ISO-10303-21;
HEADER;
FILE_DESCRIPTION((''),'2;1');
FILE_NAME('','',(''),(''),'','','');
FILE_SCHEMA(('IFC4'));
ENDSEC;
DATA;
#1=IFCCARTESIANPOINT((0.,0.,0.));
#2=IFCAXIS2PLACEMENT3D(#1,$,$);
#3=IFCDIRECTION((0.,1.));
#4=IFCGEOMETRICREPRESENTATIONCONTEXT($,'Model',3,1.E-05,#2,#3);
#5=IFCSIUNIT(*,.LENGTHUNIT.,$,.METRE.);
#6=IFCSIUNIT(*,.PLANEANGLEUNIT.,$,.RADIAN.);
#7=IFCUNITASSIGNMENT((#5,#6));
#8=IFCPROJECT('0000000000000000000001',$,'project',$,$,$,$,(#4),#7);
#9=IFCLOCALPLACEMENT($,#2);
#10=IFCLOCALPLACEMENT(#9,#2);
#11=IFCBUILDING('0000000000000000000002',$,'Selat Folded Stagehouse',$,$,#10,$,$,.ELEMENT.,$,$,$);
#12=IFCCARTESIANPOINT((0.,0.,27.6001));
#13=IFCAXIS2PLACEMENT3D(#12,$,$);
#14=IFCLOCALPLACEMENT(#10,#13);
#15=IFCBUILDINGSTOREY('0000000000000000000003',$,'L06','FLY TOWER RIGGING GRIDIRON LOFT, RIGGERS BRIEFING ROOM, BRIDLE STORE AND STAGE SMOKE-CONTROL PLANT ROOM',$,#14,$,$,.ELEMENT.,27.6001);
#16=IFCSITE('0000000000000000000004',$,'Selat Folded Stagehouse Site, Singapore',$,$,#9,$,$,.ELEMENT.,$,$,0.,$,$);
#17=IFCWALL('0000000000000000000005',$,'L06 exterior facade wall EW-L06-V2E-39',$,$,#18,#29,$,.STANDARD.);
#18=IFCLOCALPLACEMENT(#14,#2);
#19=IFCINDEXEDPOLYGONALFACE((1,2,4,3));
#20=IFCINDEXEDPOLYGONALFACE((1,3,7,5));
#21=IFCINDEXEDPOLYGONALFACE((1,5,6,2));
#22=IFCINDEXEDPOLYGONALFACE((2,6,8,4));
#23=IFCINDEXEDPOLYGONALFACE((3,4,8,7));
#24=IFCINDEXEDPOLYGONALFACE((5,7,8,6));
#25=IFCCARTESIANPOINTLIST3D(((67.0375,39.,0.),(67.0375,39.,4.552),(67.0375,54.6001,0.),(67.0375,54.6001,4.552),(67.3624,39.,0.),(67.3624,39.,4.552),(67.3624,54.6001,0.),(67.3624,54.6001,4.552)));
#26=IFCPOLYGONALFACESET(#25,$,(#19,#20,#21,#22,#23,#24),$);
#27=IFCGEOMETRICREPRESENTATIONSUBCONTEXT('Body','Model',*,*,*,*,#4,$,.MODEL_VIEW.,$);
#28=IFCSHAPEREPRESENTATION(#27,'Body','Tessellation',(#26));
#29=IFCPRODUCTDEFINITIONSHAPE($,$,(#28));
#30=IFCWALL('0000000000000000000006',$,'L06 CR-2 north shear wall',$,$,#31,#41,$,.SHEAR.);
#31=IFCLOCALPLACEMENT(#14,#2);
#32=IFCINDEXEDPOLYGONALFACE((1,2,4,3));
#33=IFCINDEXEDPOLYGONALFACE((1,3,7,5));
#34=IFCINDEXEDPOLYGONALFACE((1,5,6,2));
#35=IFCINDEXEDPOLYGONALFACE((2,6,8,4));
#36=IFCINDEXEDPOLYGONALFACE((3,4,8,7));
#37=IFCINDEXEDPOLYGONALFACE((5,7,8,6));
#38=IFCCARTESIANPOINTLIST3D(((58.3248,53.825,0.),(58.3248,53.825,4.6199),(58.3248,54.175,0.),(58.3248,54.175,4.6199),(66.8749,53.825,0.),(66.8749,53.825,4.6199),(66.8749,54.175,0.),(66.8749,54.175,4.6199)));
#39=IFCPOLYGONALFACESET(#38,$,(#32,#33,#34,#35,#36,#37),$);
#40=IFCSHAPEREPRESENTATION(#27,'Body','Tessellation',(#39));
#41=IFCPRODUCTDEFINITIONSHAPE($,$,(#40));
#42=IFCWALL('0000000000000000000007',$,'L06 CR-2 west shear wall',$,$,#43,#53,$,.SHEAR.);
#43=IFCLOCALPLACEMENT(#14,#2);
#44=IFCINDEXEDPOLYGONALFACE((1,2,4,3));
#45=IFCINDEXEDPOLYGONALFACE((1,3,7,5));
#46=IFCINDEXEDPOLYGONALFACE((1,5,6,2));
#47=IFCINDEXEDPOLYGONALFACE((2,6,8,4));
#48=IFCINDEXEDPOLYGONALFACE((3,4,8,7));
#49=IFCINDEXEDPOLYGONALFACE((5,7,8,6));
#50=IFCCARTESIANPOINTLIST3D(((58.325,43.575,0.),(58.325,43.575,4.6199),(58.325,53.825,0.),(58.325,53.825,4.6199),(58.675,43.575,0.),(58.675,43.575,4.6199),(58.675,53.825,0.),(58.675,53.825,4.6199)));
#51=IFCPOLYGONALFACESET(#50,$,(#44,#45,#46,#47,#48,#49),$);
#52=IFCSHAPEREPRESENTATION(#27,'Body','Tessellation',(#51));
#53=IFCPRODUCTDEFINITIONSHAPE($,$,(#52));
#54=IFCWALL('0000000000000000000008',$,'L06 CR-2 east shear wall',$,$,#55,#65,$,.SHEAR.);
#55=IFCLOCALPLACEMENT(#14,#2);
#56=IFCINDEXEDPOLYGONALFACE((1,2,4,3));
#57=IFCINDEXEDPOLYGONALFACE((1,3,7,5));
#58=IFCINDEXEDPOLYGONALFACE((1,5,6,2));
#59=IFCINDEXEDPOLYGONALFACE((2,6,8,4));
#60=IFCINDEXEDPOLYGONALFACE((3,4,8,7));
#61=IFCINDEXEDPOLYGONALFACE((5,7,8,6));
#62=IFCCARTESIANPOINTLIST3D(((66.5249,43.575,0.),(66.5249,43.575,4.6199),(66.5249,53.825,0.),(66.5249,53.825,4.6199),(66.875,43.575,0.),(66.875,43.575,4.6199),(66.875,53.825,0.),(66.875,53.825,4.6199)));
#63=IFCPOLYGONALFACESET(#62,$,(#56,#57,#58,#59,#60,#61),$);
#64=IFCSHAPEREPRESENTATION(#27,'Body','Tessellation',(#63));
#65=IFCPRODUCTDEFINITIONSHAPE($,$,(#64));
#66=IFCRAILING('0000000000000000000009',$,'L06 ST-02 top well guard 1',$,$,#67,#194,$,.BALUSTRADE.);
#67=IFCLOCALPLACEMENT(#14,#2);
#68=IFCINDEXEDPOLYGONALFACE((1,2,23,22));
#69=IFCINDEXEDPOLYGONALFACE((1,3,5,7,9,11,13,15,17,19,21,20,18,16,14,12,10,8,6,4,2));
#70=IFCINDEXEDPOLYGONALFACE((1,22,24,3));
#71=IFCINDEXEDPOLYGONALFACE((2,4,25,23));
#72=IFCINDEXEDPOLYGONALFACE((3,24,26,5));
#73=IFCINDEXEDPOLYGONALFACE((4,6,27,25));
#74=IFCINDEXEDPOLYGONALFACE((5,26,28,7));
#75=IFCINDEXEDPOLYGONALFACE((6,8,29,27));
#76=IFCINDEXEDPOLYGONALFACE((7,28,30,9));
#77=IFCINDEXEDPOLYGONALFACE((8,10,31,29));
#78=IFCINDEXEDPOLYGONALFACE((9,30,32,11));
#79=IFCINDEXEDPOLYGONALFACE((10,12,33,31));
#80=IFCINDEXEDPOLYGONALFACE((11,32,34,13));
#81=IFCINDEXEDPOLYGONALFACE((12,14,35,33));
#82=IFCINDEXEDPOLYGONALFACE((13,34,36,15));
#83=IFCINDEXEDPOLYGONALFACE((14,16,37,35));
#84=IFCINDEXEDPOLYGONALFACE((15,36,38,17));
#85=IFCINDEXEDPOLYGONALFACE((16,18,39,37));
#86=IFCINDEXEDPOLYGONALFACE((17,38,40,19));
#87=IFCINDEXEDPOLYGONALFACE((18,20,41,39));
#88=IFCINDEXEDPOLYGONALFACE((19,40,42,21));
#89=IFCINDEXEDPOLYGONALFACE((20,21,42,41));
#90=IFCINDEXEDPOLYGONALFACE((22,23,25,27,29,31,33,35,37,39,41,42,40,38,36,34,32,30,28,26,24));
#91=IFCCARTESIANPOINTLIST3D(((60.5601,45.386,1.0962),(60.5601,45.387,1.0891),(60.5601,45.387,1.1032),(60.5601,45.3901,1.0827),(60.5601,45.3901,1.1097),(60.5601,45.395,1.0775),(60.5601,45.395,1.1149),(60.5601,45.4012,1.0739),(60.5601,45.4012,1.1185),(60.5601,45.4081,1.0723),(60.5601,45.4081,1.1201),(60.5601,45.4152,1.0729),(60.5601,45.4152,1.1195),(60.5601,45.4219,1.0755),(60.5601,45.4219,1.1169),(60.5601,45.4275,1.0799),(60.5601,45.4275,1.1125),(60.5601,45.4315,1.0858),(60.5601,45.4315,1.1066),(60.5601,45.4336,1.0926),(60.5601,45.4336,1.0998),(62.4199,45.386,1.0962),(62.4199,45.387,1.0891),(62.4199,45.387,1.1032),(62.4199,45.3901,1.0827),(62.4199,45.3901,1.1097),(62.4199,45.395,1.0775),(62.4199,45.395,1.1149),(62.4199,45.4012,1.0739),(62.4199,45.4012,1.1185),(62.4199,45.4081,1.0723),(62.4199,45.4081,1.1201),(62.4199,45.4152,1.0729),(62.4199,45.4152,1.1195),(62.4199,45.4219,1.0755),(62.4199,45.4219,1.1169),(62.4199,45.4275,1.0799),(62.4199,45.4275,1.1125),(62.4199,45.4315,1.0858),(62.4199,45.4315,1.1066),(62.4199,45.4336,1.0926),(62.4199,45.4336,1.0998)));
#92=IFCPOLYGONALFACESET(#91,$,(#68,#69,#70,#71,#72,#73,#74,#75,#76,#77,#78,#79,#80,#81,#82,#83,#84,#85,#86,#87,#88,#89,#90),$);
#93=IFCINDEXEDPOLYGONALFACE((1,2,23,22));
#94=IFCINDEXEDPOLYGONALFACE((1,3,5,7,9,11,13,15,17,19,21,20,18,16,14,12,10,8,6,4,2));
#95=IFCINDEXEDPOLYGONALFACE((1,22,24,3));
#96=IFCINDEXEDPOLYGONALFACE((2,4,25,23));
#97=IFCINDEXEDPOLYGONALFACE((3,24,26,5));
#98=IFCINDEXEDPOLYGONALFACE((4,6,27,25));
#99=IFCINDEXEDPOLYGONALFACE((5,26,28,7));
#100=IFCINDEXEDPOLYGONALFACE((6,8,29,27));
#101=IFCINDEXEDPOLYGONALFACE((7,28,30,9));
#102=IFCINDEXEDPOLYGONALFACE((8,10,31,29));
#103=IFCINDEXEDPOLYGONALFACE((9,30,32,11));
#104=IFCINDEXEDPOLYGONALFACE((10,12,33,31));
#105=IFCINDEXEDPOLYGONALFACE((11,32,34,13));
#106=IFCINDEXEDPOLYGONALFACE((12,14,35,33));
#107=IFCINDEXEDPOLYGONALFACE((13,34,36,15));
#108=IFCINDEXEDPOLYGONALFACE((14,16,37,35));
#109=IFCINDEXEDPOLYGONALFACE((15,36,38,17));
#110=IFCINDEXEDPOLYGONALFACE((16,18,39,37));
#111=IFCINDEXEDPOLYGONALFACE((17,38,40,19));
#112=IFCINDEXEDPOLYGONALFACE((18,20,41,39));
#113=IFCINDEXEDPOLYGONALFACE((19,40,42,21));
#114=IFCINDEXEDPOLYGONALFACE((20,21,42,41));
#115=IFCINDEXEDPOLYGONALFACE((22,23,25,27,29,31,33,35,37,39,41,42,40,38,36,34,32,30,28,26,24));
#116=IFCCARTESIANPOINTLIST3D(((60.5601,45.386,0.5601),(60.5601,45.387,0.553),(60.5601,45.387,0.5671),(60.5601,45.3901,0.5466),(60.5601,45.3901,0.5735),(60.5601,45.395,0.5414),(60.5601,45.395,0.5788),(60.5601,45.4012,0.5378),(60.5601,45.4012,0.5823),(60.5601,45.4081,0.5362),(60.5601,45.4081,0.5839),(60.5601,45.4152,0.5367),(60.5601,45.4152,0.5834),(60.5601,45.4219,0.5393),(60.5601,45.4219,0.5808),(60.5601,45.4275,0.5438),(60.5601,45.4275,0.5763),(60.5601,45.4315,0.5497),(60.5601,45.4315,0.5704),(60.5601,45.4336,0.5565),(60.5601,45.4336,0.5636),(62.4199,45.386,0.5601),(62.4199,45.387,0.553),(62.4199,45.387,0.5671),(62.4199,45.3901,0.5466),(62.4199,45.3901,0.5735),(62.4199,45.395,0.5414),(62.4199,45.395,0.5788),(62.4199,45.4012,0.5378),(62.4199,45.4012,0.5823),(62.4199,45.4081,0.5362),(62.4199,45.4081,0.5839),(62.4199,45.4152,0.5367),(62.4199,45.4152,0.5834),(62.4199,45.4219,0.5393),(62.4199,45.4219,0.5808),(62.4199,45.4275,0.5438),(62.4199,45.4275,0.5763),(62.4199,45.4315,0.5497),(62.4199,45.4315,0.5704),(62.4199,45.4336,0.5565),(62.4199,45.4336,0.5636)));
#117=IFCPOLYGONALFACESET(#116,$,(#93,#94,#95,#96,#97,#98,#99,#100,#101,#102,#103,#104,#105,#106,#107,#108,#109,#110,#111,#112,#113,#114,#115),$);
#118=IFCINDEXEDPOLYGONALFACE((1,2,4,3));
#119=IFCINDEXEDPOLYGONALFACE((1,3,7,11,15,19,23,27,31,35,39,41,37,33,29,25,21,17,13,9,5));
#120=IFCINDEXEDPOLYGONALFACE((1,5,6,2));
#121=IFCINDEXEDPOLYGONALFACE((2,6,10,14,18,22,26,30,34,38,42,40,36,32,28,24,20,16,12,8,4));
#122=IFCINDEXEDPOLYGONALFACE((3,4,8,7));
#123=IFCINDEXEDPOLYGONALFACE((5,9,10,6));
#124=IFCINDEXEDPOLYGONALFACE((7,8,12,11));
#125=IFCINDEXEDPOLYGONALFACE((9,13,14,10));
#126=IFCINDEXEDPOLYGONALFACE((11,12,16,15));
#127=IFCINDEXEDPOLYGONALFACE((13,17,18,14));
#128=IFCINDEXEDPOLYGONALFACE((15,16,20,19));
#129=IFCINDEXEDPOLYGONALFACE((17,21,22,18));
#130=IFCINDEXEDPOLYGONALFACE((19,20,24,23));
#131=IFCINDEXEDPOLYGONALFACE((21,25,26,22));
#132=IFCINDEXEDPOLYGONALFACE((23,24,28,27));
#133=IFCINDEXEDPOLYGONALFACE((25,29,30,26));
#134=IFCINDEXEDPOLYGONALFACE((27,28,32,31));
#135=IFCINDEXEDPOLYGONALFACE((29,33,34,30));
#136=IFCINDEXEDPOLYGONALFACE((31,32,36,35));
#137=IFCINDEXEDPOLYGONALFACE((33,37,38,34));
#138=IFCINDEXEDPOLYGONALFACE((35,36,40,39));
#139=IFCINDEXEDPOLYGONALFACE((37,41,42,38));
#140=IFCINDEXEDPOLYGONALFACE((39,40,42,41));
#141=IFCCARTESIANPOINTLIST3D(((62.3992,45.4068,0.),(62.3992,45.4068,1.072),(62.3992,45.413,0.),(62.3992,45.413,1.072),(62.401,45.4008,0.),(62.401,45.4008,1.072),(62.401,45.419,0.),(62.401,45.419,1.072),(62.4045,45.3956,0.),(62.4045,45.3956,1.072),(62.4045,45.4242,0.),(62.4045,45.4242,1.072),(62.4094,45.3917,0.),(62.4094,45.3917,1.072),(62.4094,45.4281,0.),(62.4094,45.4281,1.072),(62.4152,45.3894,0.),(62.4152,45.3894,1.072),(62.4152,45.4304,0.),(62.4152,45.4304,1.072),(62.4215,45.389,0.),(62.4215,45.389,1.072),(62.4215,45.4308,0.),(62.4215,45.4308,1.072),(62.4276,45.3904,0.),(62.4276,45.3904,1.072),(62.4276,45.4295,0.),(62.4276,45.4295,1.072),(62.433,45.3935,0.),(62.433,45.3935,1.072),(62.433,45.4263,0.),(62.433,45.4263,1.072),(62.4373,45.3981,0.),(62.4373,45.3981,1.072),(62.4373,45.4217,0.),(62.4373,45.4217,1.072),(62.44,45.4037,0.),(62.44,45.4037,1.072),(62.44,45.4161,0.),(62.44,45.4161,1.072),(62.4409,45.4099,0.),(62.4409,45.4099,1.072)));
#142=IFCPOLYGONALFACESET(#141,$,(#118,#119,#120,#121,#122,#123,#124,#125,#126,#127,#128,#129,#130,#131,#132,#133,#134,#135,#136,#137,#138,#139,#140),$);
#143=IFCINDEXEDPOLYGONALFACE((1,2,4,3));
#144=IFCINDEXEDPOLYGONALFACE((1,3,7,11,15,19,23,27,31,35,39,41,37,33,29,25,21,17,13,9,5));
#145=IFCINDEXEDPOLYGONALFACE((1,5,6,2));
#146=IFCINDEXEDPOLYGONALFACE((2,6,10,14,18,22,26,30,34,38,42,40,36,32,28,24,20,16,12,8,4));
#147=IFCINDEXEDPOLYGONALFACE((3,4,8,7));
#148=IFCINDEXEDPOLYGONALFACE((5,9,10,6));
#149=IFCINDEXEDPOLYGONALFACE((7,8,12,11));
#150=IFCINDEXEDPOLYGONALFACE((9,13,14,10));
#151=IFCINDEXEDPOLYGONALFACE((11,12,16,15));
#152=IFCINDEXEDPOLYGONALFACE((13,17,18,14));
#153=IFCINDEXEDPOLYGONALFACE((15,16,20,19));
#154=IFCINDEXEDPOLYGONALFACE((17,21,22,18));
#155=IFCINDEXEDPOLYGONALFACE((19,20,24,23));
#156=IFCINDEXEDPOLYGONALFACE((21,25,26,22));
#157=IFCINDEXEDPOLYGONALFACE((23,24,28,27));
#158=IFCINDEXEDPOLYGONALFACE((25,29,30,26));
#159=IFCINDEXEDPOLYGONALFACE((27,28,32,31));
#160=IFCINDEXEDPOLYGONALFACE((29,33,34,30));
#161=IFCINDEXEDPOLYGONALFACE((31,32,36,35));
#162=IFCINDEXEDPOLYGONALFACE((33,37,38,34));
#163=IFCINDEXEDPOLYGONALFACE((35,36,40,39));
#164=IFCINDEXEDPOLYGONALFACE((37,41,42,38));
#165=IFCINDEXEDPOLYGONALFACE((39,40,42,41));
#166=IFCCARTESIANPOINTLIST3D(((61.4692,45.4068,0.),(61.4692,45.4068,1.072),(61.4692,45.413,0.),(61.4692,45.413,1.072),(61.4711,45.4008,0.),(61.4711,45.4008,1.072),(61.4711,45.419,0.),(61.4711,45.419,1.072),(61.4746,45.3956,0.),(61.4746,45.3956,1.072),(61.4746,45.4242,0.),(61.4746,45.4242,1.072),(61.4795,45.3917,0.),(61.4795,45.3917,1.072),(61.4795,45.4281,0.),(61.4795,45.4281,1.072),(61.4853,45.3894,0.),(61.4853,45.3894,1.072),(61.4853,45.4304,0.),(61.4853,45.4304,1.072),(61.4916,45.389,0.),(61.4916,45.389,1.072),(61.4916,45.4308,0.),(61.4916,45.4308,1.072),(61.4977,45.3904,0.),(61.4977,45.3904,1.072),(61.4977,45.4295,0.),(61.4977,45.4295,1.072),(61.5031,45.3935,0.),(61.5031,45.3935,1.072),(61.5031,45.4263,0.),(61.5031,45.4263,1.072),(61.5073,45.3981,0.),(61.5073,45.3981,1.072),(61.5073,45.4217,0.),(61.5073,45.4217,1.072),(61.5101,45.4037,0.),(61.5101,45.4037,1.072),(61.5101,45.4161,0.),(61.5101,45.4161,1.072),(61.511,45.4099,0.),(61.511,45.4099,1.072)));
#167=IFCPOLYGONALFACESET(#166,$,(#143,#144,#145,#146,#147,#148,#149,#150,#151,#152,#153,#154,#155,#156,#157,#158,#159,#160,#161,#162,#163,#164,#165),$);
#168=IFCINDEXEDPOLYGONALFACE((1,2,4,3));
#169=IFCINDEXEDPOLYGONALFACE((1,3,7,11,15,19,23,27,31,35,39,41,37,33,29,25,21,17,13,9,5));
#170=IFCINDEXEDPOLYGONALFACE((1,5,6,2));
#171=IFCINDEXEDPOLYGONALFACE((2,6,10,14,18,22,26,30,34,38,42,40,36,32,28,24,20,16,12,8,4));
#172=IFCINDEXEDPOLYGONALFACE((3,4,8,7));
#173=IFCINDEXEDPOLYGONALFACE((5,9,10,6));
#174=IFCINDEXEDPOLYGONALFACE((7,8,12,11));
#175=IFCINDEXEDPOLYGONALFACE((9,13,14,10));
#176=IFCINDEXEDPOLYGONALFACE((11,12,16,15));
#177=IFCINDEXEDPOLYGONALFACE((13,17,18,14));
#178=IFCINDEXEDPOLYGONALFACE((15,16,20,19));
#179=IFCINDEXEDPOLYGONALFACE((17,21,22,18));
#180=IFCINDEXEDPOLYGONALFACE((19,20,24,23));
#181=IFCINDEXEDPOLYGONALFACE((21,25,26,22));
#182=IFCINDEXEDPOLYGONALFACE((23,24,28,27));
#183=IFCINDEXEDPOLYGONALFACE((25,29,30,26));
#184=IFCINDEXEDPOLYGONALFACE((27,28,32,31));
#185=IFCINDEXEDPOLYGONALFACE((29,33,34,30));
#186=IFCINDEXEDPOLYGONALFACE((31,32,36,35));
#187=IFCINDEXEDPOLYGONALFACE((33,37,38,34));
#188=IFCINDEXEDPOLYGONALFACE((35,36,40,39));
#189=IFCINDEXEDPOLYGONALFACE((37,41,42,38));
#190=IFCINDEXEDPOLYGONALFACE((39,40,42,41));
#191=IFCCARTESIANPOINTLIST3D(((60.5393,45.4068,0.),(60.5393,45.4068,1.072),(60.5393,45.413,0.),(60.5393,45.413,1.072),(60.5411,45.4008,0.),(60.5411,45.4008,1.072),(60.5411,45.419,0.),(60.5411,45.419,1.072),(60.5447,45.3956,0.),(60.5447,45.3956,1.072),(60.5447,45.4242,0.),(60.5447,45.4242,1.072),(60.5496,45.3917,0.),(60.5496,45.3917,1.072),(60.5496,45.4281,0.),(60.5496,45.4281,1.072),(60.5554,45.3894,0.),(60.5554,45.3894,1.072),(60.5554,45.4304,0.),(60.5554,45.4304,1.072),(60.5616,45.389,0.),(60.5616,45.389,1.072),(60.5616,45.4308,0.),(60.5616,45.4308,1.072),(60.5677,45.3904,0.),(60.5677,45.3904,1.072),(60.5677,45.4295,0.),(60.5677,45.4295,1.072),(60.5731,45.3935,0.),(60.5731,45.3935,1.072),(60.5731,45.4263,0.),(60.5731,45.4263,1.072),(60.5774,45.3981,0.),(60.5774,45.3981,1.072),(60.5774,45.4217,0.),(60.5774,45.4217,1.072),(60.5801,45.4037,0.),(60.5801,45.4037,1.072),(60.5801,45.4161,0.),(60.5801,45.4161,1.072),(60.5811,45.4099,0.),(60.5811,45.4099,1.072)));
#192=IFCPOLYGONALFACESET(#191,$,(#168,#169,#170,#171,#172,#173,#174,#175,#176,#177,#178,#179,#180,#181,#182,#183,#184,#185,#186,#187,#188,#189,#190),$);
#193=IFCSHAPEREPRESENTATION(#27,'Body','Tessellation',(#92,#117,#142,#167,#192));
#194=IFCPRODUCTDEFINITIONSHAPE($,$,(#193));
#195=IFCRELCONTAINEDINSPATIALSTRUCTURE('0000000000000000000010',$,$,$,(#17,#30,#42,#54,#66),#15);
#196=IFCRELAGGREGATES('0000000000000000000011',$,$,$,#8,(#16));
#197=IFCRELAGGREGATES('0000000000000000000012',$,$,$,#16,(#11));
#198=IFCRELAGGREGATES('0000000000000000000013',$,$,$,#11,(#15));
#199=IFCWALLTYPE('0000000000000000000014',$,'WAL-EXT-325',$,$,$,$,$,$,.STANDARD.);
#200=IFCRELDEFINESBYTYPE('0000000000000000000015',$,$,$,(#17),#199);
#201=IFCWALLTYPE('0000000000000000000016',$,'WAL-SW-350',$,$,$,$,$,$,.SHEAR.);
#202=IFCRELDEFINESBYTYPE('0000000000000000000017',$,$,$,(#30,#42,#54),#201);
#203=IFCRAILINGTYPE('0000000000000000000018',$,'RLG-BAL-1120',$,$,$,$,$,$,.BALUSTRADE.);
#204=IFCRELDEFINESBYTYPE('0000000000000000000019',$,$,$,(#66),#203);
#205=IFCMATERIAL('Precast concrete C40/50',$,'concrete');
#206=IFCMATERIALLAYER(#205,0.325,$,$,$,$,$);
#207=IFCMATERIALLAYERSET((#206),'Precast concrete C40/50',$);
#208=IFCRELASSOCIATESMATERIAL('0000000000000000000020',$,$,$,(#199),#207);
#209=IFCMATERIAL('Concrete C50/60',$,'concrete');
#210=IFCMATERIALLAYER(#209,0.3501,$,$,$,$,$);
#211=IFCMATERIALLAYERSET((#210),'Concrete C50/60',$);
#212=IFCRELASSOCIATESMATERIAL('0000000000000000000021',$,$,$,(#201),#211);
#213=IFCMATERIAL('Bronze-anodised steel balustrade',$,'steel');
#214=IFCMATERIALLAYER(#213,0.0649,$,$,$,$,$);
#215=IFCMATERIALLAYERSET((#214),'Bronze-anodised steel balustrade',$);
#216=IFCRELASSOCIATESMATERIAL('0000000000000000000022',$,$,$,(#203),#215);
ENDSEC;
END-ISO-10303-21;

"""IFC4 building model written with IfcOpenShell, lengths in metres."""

from ifc_helpers import new_model, si_unit, direction, frame, frame_2d, origin, origin_2d, place, context, subcontext, project, spatial, rectangle, circle, extrude, material, layer, layer_set, type_object, element, save


model = new_model("IFC4")

# Units and contexts
model_context = context("Model", 3, precision=1e-05, world=origin(), true_north=direction((0.0, 1.0)))
body_context = subcontext(model_context, "Body", "Model", "MODEL_VIEW")
ifc_project = project(units=[si_unit("LENGTHUNIT", "METRE"), si_unit("PLANEANGLEUNIT", "RADIAN")], contexts=[model_context])

# Site, building, storey
site_placement = place(None, origin())
site = spatial("IfcSite", under=ifc_project, at=site_placement, Name="Selat Folded Stagehouse Site, Singapore", CompositionType="ELEMENT", RefElevation=0.0)
building_placement = place(site_placement, origin())
building = spatial("IfcBuilding", under=site, at=building_placement, Name="Selat Folded Stagehouse", CompositionType="ELEMENT")
storey_placement = place(building_placement, frame((0.0, 0.0, 27.6001)))
storey = spatial("IfcBuildingStorey", under=building, at=storey_placement, Name="L06", Description="FLY TOWER RIGGING GRIDIRON LOFT, RIGGERS BRIEFING ROOM, BRIDLE STORE AND STAGE SMOKE-CONTROL PLANT ROOM", CompositionType="ELEMENT", Elevation=27.6001)

# Shared definitions
ifc_material_1 = material(Name="Concrete C50/60", Category="concrete")

# Wall
ifc_material_2 = material(Name="Precast concrete C40/50", Category="concrete")
ifc_layer_1 = layer(ifc_material_2, 0.325)
ifc_layer_set_1 = layer_set([ifc_layer_1], Name="Precast concrete C40/50")
wall_type_1 = type_object("IfcWallType", Name="WAL-EXT-325", PredefinedType="STANDARD", material=ifc_layer_set_1)
wall_1_placement = place(storey_placement, frame((67.2, 54.6001, 0.0), z_axis=(0.0, 0.0, 1.0), x_axis=(0.0, -1.0, 0.0)))
element("IfcWall", 1, at=wall_1_placement, inside=storey, type_object=wall_type_1, Name="L06 exterior facade wall EW-L06-V2E-39", PredefinedType="STANDARD", context=body_context, shape_type="SweptSolid", body=[
    extrude(rectangle(XDim=15.6001, YDim=0.325, at=frame_2d((7.8, 0.0))), origin(), (0.0, 0.0, 1.0), 4.552),
])

# Shared definitions
ifc_layer_2 = layer(ifc_material_1, 0.3501)
ifc_layer_set_2 = layer_set([ifc_layer_2], Name="Concrete C50/60")
wall_type_2 = type_object("IfcWallType", Name="WAL-SW-350", PredefinedType="SHEAR", material=ifc_layer_set_2)

# Walls
wall_2_placement = place(storey_placement, frame((58.325, 54.0, 0.0), z_axis=(0.0, 0.0, 1.0), x_axis=(1.0, 0.0, 0.0)))
element("IfcWall", 2, at=wall_2_placement, inside=storey, type_object=wall_type_2, Name="L06 CR-2 north shear wall", PredefinedType="SHEAR", context=body_context, shape_type="SweptSolid", body=[
    extrude(rectangle(XDim=8.55, YDim=0.3501, at=frame_2d((4.2749, 0.0))), origin(), (0.0, 0.0, 1.0), 4.6199),
])
for number, where, z_axis, x_axis, name in (
    (3, (58.5, 43.575, 0.0), (0.0, 0.0, 1.0), (0.0, 1.0, 0.0), "L06 CR-2 west shear wall"),
    (4, (66.7, 53.825, 0.0), (0.0, 0.0, 1.0), (0.0, -1.0, 0.0), "L06 CR-2 east shear wall"),
):
    element("IfcWall", number, at=place(storey_placement, frame(where, z_axis=z_axis, x_axis=x_axis)), inside=storey, type_object=wall_type_2, Name=name, PredefinedType="SHEAR", context=body_context, shape_type="SweptSolid", body=[
        extrude(rectangle(XDim=10.25, YDim=0.3501, at=frame_2d((5.125, 0.0))), origin(), (0.0, 0.0, 1.0), 4.6199),
    ])

# Railing
ifc_material_3 = material(Name="Bronze-anodised steel balustrade", Category="steel")
ifc_layer_3 = layer(ifc_material_3, 0.0649)
ifc_layer_set_3 = layer_set([ifc_layer_3], Name="Bronze-anodised steel balustrade")
railing_type = type_object("IfcRailingType", Name="RLG-BAL-1120", PredefinedType="BALUSTRADE", material=ifc_layer_set_3)
railing_placement = place(storey_placement, frame((62.4199, 45.4099, 0.0)))
element("IfcRailing", 5, at=railing_placement, inside=storey, type_object=railing_type, Name="L06 ST-02 top well guard 1", PredefinedType="BALUSTRADE", context=body_context, shape_type="SweptSolid", body=[
    extrude(circle(Radius=0.0239, at=origin_2d()), frame((0.0, 0.0, 1.0962), z_axis=(-1.0, 0.0, 0.0), x_axis=(0.0, -1.0, 0.0)), (0.0, 0.0, 1.0), 1.8599),
    extrude(circle(Radius=0.0239, at=origin_2d()), frame((0.0, 0.0, 0.5601), z_axis=(-1.0, 0.0, 0.0), x_axis=(0.0, -1.0, 0.0)), (0.0, 0.0, 1.0), 1.8599),
    extrude(circle(Radius=0.021, at=origin_2d()), origin(), (0.0, 0.0, 1.0), 1.072),
    extrude(circle(Radius=0.021, at=origin_2d()), frame((-0.9299, 0.0, 0.0)), (0.0, 0.0, 1.0), 1.072),
    extrude(circle(Radius=0.021, at=origin_2d()), frame((-1.8599, 0.0, 0.0)), (0.0, 0.0, 1.0), 1.072),
])

save(model, "model.ifc")
